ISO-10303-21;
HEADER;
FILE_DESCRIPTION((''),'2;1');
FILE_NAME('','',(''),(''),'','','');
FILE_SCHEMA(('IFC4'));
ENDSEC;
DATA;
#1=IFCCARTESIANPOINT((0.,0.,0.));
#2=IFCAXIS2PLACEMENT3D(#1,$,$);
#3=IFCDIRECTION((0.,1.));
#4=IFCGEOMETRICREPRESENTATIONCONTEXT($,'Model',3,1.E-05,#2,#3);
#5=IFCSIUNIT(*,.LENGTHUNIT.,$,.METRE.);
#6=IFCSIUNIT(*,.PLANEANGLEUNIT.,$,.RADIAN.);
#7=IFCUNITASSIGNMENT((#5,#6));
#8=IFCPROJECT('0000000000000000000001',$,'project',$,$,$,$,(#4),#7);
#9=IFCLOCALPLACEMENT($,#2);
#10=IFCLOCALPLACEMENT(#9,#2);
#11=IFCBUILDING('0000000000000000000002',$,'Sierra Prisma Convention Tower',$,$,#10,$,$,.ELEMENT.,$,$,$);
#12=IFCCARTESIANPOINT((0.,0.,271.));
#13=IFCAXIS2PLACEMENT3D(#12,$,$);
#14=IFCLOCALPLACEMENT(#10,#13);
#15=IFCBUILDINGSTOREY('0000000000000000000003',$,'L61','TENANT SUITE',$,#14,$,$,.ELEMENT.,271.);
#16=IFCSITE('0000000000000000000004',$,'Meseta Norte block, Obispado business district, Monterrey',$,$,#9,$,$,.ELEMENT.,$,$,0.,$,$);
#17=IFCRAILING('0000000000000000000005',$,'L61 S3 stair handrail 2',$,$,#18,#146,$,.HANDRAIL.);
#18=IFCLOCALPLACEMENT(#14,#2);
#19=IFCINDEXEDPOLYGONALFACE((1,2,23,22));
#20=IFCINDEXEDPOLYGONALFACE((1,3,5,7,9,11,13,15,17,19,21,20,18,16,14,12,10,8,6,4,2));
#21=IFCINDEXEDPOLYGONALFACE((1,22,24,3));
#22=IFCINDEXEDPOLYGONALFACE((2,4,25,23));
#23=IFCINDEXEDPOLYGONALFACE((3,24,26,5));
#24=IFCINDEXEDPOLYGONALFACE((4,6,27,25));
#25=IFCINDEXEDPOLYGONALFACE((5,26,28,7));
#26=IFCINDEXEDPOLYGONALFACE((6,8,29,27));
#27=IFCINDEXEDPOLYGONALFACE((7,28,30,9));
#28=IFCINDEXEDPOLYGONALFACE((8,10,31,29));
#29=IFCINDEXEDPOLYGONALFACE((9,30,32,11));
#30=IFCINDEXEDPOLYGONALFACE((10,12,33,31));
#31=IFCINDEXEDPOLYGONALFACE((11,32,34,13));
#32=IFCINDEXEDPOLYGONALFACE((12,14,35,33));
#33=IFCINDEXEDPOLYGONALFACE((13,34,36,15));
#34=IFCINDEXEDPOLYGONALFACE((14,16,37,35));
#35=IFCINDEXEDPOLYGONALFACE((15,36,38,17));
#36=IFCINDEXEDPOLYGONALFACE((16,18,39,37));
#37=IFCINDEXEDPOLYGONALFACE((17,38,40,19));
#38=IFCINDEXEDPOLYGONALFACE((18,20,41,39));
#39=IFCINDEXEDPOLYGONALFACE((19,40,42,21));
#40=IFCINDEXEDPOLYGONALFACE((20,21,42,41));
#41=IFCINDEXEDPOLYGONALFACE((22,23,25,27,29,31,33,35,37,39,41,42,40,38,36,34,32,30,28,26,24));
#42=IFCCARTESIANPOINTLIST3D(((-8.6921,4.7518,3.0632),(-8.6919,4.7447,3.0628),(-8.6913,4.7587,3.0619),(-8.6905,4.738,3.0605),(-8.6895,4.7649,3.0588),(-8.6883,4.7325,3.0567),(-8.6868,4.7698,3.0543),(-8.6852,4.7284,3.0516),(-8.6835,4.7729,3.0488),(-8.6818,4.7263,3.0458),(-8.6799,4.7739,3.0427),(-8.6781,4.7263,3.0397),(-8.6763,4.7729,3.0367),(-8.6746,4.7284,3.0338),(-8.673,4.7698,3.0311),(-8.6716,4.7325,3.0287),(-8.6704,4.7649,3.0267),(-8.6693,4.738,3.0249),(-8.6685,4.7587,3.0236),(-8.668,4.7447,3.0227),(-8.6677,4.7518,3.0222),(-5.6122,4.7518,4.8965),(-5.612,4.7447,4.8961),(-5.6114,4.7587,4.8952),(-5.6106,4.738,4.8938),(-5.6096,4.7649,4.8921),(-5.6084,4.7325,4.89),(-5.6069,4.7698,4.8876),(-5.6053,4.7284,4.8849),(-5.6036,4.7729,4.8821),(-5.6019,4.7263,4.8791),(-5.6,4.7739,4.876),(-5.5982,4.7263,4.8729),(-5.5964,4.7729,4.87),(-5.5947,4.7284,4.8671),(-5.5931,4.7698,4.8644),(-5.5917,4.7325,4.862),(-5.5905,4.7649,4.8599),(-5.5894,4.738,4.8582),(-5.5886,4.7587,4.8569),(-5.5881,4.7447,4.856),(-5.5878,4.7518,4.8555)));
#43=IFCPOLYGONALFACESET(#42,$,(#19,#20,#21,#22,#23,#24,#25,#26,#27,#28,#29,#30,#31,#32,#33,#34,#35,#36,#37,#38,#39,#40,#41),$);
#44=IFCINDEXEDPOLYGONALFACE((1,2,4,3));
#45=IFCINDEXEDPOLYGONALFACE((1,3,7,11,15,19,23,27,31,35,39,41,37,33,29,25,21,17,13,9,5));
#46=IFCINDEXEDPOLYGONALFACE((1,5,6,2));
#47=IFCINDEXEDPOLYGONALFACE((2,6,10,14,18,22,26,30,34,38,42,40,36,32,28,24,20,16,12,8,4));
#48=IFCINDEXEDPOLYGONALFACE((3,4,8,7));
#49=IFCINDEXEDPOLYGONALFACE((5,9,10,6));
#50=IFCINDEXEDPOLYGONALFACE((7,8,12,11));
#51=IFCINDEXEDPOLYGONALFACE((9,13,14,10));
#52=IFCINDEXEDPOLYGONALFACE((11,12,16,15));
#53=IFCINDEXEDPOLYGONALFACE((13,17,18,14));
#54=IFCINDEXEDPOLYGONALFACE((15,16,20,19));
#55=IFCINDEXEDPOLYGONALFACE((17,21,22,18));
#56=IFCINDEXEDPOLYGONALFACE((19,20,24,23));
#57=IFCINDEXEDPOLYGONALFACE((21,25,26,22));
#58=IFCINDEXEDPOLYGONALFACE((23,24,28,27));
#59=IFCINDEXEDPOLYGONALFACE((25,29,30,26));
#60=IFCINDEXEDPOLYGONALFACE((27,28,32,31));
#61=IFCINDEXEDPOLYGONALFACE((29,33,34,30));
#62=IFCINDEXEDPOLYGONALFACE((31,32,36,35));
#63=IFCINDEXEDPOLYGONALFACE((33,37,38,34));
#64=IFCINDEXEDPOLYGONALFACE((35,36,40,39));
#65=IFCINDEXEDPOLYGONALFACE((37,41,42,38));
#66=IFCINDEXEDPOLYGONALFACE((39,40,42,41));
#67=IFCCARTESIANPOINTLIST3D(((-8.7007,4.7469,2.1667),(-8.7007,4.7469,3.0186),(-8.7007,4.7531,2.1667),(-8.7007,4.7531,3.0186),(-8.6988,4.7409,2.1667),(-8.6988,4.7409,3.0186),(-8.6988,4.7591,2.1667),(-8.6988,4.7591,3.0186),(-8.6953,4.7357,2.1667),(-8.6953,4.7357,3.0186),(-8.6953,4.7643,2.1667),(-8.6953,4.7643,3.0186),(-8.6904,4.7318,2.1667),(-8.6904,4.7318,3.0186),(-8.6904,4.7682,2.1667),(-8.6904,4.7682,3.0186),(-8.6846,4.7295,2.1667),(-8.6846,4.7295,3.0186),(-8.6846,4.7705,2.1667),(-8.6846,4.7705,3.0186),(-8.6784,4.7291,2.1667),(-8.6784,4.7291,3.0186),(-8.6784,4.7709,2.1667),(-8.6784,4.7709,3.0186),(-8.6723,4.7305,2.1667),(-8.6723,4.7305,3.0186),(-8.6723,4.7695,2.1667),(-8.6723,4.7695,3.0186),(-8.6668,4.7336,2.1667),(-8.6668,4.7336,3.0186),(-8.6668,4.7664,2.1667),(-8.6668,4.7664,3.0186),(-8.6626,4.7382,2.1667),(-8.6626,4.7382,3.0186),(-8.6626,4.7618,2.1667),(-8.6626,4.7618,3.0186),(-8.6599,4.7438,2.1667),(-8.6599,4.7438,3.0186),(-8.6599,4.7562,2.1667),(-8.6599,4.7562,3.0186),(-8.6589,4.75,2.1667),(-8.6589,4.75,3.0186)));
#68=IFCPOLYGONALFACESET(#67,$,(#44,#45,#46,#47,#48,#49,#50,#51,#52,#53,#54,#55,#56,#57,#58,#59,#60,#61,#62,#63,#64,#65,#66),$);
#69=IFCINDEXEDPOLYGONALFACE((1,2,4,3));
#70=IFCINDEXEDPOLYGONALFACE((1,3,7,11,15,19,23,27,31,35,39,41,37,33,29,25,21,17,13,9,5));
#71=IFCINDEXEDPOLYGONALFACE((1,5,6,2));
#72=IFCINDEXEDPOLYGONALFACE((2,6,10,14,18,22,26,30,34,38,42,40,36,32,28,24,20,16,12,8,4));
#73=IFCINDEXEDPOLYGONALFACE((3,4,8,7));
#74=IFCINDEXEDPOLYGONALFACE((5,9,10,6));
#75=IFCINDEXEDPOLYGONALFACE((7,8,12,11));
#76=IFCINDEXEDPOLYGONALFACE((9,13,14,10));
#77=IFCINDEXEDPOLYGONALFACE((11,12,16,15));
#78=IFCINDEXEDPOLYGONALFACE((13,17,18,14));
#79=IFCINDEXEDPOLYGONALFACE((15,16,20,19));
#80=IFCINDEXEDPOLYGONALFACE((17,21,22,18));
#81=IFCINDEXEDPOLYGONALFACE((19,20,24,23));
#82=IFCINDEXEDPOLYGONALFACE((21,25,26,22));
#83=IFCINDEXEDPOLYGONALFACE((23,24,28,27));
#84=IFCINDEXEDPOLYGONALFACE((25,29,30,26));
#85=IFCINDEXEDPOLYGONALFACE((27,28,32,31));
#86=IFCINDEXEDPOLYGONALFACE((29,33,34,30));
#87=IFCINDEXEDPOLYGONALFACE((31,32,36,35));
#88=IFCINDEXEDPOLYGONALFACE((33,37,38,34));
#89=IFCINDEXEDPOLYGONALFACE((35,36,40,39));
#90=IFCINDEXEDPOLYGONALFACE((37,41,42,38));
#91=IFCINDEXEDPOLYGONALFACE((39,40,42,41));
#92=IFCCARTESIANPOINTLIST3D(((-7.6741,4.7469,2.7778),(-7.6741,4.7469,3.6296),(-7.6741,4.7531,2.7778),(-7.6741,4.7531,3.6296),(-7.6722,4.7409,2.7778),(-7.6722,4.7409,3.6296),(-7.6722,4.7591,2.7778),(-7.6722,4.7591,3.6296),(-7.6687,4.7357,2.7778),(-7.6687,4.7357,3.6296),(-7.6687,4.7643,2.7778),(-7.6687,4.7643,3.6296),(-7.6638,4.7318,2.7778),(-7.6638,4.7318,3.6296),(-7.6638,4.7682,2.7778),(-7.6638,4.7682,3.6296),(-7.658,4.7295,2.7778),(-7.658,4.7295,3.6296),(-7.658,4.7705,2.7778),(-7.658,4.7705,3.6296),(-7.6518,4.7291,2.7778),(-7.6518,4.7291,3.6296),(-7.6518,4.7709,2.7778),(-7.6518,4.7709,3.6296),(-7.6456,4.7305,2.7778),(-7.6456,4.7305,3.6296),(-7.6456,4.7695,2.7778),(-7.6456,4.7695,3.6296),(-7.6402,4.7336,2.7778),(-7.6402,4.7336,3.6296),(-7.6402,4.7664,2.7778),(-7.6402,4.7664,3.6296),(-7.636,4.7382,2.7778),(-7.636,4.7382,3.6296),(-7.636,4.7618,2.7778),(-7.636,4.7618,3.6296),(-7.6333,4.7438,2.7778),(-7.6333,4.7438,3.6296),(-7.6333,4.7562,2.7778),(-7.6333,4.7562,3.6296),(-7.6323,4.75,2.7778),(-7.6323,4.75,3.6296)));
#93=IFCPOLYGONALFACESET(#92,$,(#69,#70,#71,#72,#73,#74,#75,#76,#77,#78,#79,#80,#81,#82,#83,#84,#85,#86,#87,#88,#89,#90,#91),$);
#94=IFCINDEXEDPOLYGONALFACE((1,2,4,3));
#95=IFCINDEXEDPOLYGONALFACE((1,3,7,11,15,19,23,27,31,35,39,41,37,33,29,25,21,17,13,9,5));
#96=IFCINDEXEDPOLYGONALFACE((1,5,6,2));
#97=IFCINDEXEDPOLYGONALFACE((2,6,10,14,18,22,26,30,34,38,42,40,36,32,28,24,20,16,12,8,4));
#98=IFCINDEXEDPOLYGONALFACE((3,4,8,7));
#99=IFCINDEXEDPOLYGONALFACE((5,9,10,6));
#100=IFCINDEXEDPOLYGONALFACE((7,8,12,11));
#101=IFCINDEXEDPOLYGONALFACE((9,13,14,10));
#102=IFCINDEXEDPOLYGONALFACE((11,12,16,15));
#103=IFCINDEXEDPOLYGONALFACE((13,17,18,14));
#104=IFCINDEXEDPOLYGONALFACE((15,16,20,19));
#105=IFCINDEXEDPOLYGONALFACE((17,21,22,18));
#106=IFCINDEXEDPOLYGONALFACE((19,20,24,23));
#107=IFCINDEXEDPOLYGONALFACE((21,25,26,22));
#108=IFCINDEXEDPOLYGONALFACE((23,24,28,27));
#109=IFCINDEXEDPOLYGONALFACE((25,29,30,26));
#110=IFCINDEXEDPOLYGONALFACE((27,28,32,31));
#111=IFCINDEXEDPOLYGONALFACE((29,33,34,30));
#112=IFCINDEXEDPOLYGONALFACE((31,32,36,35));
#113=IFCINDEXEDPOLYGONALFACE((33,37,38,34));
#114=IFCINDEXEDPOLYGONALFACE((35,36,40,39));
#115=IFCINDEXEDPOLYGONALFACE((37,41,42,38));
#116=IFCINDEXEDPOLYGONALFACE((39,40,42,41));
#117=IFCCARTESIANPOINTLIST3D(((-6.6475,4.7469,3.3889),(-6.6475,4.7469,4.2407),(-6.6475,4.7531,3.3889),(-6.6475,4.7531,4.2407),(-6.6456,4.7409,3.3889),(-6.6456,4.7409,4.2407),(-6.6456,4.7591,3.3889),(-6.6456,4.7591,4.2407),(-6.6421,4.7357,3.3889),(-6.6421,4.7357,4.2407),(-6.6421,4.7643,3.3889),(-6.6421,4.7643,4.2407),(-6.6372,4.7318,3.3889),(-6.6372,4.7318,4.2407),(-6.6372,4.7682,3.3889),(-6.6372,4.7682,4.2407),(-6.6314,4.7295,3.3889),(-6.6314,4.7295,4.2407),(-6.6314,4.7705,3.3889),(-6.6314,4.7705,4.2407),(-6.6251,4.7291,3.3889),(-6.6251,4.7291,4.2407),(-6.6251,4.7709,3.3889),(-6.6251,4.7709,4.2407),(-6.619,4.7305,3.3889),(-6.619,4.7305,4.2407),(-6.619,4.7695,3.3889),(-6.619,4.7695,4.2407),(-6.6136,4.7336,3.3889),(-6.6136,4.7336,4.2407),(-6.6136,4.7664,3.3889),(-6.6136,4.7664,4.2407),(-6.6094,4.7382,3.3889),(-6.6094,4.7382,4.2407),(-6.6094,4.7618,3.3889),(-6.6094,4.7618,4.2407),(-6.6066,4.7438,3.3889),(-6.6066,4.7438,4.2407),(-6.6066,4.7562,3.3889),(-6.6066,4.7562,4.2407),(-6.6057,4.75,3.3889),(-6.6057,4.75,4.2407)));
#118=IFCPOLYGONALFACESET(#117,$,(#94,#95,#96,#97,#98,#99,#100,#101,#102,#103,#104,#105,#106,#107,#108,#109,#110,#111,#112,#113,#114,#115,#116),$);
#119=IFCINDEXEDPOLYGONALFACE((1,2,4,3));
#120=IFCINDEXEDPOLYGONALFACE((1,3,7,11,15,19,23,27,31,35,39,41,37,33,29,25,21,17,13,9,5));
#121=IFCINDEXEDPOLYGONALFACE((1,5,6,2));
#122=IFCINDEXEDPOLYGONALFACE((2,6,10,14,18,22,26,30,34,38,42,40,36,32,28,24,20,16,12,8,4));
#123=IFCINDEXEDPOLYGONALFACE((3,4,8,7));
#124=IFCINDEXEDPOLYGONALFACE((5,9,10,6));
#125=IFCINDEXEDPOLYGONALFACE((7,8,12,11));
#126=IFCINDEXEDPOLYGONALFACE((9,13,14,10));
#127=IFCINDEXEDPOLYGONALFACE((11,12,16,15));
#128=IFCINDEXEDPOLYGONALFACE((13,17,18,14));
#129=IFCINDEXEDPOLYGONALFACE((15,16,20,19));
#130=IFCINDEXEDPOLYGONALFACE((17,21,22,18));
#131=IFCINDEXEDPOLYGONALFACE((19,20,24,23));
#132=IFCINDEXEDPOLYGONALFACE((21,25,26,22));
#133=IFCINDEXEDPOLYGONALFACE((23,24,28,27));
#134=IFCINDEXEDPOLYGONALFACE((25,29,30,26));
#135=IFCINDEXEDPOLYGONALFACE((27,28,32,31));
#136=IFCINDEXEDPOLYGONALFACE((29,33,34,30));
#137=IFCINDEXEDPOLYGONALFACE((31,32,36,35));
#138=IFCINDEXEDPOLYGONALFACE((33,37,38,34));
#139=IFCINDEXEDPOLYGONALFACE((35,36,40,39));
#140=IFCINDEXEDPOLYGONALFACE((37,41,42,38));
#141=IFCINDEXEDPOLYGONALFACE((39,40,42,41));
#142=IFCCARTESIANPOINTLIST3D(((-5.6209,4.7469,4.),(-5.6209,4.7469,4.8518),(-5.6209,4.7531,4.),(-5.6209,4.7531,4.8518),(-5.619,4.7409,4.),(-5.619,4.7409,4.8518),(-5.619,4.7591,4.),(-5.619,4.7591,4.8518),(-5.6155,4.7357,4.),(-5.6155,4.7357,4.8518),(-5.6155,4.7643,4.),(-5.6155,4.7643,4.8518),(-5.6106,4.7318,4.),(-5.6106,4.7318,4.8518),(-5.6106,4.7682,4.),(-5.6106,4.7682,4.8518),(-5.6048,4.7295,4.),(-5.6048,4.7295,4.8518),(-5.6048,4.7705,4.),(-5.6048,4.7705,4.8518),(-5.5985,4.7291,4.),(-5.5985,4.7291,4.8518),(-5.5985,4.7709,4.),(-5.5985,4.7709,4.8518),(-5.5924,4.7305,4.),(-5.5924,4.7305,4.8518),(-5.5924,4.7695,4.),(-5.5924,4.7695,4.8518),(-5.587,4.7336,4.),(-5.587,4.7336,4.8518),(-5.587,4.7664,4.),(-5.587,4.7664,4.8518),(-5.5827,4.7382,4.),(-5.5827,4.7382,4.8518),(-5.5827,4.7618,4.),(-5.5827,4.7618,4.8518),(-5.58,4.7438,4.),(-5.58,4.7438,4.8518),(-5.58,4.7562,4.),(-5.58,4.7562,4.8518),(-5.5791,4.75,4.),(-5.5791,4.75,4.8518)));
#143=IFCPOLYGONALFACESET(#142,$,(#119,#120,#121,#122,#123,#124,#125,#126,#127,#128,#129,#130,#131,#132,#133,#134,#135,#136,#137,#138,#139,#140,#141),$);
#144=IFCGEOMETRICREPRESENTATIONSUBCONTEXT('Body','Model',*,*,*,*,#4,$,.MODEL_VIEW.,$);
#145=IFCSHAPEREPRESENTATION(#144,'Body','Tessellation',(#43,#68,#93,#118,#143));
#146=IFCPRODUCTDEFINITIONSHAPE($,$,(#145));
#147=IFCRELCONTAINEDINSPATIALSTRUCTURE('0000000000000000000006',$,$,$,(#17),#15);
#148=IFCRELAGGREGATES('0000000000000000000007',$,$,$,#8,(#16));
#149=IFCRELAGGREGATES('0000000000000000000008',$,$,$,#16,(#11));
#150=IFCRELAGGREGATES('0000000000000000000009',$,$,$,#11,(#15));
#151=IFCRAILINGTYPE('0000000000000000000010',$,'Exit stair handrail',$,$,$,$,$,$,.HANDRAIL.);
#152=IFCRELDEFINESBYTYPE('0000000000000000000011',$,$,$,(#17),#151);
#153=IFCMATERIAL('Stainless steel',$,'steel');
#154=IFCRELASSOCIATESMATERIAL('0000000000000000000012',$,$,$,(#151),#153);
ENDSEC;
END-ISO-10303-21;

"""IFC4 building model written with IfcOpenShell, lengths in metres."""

from ifc_helpers import new_model, si_unit, direction, frame, origin, origin_2d, place, context, subcontext, project, spatial, circle, extrude, material, type_object, element, save


model = new_model("IFC4")

# Units and contexts
model_context = context("Model", 3, precision=1e-05, world=origin(), true_north=direction((0.0, 1.0)))
body_context = subcontext(model_context, "Body", "Model", "MODEL_VIEW")
ifc_project = project(units=[si_unit("LENGTHUNIT", "METRE"), si_unit("PLANEANGLEUNIT", "RADIAN")], contexts=[model_context])

# Site, building, storey
site_placement = place(None, origin())
site = spatial("IfcSite", under=ifc_project, at=site_placement, Name="Meseta Norte block, Obispado business district, Monterrey", CompositionType="ELEMENT", RefElevation=0.0)
building_placement = place(site_placement, origin())
building = spatial("IfcBuilding", under=site, at=building_placement, Name="Sierra Prisma Convention Tower", CompositionType="ELEMENT")
storey_placement = place(building_placement, frame((0.0, 0.0, 271.0)))
storey = spatial("IfcBuildingStorey", under=building, at=storey_placement, Name="L61", Description="TENANT SUITE", CompositionType="ELEMENT", Elevation=271.0)

# Railing
ifc_material_1 = material(Name="Stainless steel", Category="steel")
railing_type_1 = type_object("IfcRailingType", Name="Exit stair handrail", PredefinedType="HANDRAIL", material=ifc_material_1)
railing_1_placement = place(storey_placement, frame((-8.6799, 4.75, 2.1667)))
element("IfcRailing", 1, at=railing_1_placement, inside=storey, type_object=railing_type_1, Name="L61 S3 stair handrail 2", PredefinedType="HANDRAIL", context=body_context, shape_type="SweptSolid", body=[
    extrude(circle(Radius=0.0239, at=origin_2d()), frame((0.0, 0.0, 0.876), z_axis=(0.859291, 0.0, 0.511487), x_axis=(0.0, 1.0, 0.0)), (0.0, 0.0, 1.0), 3.5842),
    extrude(circle(Radius=0.021, at=origin_2d()), origin(), (0.0, 0.0, 1.0), 0.8518),
    extrude(circle(Radius=0.021, at=origin_2d()), frame((1.0266, 0.0, 0.6111)), (0.0, 0.0, 1.0), 0.8518),
    extrude(circle(Radius=0.021, at=origin_2d()), frame((2.0532, 0.0, 1.2222)), (0.0, 0.0, 1.0), 0.8518),
    extrude(circle(Radius=0.021, at=origin_2d()), frame((3.0798, 0.0, 1.8333)), (0.0, 0.0, 1.0), 0.8518),
])

save(model, "model.ifc")
